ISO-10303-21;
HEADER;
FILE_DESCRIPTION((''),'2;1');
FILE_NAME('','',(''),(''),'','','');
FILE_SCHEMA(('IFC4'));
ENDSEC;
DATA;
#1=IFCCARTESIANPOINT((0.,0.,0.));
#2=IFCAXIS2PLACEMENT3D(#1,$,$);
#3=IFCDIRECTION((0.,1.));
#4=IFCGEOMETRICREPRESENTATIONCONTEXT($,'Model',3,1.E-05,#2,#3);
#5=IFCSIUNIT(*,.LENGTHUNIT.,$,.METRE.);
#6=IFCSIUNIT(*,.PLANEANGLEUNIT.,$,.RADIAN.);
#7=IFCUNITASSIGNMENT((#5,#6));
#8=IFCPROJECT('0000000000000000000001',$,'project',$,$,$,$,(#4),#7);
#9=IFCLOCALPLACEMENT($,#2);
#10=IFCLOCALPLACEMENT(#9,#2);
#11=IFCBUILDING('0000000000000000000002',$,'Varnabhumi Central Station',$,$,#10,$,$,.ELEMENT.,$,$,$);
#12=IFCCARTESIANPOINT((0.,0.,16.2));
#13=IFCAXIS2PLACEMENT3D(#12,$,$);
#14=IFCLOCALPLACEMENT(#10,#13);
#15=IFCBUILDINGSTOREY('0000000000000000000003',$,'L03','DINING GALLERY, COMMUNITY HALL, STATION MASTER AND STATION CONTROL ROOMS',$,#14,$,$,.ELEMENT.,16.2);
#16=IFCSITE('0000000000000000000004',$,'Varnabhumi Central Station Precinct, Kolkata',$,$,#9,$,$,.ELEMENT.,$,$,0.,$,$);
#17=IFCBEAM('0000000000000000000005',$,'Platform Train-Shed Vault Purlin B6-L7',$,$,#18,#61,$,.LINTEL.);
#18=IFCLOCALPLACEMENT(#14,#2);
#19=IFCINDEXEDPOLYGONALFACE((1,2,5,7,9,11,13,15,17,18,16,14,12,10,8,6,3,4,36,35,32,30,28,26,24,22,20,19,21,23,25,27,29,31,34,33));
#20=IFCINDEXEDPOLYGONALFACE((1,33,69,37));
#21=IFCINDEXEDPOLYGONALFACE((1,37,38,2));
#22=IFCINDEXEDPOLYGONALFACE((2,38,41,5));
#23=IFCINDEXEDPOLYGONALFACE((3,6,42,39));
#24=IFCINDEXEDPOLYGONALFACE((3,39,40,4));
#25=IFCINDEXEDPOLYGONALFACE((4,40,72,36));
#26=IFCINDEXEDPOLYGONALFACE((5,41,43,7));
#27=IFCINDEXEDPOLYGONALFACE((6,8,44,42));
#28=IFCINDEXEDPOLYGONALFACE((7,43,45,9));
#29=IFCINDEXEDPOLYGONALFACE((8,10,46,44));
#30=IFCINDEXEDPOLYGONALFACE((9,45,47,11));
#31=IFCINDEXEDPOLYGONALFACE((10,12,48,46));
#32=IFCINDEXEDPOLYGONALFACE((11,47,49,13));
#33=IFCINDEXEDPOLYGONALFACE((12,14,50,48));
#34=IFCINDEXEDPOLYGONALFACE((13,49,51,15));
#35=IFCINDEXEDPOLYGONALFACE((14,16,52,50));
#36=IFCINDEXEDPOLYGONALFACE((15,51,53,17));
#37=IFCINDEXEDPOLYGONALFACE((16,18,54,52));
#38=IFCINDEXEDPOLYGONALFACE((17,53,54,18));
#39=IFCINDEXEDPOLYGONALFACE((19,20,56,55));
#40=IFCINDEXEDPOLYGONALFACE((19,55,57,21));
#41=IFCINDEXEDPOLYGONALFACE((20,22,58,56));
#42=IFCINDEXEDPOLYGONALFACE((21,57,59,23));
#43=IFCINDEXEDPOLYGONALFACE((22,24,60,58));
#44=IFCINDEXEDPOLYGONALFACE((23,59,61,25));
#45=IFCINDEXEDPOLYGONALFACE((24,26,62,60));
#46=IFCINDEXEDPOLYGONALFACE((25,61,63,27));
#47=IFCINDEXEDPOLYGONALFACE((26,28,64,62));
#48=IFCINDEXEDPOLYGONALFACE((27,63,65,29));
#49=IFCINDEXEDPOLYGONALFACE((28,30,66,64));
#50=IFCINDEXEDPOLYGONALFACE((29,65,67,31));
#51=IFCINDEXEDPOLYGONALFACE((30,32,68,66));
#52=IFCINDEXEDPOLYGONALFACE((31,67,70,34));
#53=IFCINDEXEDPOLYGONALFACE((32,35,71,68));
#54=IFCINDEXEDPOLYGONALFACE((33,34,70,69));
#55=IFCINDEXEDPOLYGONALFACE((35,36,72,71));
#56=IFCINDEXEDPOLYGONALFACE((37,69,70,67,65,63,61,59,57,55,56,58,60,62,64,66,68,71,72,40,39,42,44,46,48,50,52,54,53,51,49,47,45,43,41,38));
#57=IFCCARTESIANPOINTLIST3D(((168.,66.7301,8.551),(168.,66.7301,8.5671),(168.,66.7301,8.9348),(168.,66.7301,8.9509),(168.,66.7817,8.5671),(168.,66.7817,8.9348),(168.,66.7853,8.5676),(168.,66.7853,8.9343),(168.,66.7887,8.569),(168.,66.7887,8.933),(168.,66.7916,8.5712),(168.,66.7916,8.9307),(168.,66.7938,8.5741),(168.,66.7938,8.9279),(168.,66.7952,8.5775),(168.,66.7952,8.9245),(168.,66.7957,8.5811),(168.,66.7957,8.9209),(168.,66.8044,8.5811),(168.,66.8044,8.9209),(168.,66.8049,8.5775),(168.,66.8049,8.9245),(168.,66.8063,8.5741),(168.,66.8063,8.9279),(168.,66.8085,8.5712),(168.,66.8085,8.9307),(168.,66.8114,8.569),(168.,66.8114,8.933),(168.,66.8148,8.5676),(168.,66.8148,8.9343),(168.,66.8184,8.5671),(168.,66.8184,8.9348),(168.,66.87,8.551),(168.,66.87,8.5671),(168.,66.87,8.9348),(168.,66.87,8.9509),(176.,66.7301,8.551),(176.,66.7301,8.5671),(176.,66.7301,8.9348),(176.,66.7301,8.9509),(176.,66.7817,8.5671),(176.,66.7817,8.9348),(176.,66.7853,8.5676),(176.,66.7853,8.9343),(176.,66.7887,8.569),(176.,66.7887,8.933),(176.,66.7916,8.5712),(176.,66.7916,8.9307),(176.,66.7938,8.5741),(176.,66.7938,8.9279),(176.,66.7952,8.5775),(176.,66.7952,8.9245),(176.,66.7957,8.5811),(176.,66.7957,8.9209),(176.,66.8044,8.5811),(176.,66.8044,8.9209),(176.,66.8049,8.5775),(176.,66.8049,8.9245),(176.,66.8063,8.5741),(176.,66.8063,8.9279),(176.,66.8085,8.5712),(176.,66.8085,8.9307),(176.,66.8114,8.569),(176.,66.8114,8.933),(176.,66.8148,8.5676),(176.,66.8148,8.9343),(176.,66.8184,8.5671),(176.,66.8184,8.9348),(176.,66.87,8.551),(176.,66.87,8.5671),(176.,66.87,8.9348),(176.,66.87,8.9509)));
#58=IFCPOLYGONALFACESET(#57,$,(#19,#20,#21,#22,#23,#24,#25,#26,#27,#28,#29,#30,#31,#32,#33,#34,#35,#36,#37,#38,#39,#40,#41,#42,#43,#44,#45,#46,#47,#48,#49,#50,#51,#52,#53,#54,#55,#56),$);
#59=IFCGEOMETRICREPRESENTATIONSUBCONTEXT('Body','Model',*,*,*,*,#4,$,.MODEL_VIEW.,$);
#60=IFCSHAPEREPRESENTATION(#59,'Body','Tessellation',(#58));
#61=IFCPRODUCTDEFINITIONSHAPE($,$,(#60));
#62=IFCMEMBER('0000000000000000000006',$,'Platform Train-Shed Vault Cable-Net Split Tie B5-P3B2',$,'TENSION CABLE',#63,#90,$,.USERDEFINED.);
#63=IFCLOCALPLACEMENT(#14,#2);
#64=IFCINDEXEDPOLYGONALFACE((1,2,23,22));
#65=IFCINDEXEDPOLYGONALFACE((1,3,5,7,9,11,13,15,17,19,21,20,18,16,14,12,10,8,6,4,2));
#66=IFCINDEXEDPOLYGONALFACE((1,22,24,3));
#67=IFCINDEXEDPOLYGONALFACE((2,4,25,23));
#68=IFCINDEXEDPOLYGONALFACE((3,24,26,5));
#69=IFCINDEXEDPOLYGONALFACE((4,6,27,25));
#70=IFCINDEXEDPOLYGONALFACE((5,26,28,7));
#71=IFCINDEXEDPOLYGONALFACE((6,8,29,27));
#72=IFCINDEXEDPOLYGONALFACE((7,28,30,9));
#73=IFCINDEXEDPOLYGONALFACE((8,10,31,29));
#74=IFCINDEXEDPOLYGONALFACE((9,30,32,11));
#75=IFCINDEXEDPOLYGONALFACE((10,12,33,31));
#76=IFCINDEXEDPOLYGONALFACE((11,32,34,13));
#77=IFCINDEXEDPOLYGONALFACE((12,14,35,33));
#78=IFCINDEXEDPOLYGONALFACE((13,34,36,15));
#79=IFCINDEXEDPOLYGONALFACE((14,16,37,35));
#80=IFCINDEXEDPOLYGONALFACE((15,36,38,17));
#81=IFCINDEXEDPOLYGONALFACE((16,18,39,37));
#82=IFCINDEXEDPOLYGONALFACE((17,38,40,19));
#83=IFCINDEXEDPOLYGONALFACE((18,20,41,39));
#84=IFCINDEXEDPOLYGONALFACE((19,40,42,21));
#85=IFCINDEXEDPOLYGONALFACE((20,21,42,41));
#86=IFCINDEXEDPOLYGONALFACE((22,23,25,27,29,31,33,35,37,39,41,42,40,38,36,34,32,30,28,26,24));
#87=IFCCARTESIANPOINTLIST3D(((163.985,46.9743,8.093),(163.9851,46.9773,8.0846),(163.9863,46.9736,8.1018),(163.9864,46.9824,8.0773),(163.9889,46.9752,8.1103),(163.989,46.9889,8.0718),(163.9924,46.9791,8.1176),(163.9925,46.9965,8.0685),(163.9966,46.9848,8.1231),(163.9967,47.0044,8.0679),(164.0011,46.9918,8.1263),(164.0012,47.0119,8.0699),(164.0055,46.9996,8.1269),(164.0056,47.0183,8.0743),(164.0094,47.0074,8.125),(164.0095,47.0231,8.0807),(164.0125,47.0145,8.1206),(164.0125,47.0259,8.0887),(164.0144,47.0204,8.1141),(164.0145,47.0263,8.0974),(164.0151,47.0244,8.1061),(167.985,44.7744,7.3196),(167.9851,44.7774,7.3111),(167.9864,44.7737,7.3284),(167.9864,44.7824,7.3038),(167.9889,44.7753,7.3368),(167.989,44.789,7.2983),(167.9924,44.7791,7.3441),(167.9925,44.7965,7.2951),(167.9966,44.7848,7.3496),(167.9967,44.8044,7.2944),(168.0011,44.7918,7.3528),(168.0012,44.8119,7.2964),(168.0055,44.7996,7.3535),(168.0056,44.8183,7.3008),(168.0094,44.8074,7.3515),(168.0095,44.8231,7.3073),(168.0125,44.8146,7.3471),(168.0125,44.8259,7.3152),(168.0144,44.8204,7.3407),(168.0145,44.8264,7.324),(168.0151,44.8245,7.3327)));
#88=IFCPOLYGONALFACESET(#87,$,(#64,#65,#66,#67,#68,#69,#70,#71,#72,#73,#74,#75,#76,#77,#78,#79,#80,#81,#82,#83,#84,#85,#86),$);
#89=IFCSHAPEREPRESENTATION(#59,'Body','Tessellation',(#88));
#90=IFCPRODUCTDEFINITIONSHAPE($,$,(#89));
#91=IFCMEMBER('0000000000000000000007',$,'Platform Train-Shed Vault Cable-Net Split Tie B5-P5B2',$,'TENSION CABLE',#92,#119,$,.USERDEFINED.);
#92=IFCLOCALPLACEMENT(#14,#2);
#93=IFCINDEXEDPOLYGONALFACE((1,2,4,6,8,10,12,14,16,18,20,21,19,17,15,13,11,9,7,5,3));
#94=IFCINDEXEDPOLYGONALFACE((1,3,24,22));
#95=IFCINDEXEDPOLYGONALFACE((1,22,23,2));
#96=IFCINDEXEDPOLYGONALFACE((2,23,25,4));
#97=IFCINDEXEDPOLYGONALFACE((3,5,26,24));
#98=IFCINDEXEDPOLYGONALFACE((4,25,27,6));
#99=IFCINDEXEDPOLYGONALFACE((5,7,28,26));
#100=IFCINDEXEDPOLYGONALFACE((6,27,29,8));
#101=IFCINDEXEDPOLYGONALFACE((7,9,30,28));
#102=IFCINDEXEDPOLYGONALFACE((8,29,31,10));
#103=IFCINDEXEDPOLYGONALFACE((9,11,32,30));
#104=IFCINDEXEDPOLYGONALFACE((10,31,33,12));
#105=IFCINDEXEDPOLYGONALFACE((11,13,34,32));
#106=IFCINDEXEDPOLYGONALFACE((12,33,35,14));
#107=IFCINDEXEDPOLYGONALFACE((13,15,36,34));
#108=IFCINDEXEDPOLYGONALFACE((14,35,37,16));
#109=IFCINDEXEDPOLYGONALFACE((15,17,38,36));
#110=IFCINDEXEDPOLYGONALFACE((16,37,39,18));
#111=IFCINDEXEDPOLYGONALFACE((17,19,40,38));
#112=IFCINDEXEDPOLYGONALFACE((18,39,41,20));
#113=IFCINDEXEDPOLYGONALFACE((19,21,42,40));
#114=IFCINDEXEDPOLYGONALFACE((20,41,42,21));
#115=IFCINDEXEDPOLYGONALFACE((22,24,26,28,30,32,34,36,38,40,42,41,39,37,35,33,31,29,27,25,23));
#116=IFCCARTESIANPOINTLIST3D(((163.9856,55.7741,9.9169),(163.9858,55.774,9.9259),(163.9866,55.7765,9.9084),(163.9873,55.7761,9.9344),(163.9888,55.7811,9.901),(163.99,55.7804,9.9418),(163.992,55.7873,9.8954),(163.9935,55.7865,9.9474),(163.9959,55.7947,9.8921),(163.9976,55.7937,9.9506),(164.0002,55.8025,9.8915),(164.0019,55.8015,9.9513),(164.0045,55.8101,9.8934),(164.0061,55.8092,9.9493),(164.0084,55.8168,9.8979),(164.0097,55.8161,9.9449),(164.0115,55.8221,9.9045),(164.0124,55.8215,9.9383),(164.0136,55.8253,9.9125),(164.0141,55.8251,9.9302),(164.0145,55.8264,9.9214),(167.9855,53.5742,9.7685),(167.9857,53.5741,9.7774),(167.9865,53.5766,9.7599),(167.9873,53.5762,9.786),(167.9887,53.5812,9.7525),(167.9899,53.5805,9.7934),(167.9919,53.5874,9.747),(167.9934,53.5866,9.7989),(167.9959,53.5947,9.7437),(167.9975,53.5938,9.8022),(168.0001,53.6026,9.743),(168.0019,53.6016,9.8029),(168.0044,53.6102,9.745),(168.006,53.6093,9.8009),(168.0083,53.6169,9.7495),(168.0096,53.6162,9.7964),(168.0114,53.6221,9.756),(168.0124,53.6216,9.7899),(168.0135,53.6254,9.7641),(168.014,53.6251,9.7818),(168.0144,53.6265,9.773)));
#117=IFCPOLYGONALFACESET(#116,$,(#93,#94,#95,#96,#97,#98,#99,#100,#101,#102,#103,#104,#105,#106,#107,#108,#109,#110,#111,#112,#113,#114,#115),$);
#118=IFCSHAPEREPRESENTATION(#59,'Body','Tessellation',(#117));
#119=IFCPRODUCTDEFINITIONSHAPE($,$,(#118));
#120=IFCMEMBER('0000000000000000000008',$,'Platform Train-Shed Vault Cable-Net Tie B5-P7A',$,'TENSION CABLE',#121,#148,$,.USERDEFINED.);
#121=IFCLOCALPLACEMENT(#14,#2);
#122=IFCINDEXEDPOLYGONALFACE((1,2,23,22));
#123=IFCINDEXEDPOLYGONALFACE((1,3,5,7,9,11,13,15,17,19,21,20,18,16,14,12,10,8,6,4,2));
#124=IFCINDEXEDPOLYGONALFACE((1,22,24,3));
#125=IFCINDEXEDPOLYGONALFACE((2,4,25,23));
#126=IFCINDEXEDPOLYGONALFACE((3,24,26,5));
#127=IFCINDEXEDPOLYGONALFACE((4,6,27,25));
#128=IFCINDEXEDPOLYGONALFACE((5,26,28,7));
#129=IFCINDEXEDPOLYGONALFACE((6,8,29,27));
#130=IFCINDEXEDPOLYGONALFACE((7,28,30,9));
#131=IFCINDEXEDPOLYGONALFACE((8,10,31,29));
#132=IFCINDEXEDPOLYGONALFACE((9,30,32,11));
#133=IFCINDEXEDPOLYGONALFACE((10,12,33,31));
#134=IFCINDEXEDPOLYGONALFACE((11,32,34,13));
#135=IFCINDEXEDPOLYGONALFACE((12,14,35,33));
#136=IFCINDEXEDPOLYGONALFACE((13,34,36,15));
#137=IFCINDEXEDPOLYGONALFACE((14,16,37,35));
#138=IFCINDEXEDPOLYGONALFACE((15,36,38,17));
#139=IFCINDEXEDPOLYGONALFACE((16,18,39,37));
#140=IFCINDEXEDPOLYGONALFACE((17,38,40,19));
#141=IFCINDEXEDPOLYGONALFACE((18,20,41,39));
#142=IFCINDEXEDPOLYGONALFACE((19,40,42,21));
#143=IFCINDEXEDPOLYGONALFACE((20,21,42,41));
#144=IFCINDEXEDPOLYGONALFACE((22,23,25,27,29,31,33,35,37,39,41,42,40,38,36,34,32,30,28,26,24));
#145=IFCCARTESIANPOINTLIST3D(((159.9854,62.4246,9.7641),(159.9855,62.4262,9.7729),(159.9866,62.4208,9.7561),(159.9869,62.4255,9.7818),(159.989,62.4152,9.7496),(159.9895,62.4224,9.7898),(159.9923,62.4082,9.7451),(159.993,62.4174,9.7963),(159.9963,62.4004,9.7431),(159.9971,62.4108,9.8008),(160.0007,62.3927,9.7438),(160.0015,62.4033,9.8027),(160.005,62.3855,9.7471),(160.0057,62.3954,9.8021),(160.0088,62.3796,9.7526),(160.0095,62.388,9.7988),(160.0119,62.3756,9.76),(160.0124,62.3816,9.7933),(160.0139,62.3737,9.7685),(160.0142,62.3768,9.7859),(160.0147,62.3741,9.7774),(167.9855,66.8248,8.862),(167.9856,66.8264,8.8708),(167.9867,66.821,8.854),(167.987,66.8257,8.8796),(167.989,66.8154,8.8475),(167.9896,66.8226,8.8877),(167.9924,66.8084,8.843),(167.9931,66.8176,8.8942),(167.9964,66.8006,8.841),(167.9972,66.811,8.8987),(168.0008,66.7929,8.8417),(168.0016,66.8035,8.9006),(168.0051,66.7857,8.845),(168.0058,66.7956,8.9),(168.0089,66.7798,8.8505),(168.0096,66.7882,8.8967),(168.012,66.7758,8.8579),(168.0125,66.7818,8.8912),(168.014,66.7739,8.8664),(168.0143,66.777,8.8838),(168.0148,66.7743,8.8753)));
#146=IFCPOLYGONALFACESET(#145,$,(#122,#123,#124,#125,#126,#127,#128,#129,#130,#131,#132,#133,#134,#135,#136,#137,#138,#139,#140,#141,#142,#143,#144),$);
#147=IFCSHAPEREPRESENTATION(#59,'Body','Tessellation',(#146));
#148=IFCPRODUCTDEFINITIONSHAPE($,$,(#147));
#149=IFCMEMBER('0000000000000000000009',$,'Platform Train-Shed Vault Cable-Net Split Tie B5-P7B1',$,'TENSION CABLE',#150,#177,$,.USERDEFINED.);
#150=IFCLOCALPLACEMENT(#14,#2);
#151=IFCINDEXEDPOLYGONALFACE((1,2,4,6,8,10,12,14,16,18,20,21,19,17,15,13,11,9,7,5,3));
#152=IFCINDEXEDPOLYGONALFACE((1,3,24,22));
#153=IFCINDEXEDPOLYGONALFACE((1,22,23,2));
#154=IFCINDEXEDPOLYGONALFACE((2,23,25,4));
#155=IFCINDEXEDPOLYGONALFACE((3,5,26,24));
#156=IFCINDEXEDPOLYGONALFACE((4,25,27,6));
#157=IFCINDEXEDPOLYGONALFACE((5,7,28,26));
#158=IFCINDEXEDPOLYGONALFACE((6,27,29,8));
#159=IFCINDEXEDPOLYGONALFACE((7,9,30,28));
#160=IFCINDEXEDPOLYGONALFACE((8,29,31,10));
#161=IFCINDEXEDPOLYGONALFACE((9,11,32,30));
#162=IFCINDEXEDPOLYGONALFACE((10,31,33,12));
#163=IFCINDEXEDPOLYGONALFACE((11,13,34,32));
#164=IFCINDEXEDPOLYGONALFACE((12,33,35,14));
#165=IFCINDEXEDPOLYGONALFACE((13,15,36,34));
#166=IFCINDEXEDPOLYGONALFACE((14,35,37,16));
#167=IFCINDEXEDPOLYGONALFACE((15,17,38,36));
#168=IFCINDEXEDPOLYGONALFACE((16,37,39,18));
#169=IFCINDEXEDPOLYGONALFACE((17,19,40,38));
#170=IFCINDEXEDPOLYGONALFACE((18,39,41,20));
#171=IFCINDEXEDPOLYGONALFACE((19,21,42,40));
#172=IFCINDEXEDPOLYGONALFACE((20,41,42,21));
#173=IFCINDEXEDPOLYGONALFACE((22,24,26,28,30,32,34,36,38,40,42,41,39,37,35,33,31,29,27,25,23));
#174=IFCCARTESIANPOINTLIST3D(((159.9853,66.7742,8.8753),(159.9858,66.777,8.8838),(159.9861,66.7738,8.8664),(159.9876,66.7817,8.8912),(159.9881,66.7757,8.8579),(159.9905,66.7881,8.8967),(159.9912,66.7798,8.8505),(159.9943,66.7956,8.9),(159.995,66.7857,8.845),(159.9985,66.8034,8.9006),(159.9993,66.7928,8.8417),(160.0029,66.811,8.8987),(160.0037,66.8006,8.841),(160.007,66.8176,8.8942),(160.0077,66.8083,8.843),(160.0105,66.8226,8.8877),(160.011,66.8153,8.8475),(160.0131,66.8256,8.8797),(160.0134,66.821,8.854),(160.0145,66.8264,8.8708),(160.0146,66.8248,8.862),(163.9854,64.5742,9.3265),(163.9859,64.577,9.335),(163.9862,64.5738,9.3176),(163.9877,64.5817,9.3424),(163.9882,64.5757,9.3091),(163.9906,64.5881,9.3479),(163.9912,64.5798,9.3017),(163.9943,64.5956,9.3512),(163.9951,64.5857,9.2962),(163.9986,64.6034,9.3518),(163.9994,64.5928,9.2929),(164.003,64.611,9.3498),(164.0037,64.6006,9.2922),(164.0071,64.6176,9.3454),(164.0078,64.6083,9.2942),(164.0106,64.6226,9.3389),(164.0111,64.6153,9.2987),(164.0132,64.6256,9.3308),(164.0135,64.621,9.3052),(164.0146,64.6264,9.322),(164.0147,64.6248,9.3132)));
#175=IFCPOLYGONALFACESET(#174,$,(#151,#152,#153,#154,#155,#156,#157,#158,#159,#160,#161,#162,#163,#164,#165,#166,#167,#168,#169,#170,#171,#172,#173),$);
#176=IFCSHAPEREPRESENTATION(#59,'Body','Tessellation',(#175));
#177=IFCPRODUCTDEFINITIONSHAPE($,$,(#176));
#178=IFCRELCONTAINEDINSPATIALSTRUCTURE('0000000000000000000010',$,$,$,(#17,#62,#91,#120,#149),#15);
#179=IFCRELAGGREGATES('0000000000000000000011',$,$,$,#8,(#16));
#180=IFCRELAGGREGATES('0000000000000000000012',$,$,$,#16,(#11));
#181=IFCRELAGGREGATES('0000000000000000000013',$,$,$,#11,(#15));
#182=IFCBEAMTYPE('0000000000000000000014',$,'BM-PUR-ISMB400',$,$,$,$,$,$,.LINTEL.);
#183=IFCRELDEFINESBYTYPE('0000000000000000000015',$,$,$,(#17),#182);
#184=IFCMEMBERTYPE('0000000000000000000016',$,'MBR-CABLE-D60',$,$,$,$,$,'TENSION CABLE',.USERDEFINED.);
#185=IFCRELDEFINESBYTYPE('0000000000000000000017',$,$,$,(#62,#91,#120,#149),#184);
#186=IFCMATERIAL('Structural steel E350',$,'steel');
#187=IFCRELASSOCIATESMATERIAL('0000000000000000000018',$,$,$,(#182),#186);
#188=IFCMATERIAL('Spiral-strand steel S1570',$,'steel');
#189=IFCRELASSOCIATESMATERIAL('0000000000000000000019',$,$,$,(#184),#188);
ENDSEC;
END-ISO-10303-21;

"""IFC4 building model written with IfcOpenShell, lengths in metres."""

from ifc_helpers import new_model, si_unit, direction, frame, origin, origin_2d, place, context, subcontext, project, spatial, circle, i_section, extrude, material, material_profile, profile_set, type_object, element, save


model = new_model("IFC4")

# Units and contexts
model_context = context("Model", 3, precision=1e-05, world=origin(), true_north=direction((0.0, 1.0)))
body_context = subcontext(model_context, "Body", "Model", "MODEL_VIEW")
ifc_project = project(units=[si_unit("LENGTHUNIT", "METRE"), si_unit("PLANEANGLEUNIT", "RADIAN")], contexts=[model_context])

# Site, building, storey
site_placement = place(None, origin())
site = spatial("IfcSite", under=ifc_project, at=site_placement, Name="Varnabhumi Central Station Precinct, Kolkata", CompositionType="ELEMENT", RefElevation=0.0)
building_placement = place(site_placement, origin())
building = spatial("IfcBuilding", under=site, at=building_placement, Name="Varnabhumi Central Station", CompositionType="ELEMENT")
storey_placement = place(building_placement, frame((0.0, 0.0, 16.2)))
storey = spatial("IfcBuildingStorey", under=building, at=storey_placement, Name="L03", Description="DINING GALLERY, COMMUNITY HALL, STATION MASTER AND STATION CONTROL ROOMS", CompositionType="ELEMENT", Elevation=16.2)

# Beam
ifc_material_1 = material(Name="Structural steel E350", Category="steel")
ifc_material_profile_1 = material_profile(ifc_material_1, i_section(OverallWidth=0.1399, OverallDepth=0.3999, WebThickness=0.0088, FlangeThickness=0.0161, FilletRadius=0.0139, at=origin_2d()), Name="Structural steel E350", Category="steel")
ifc_profile_set_1 = profile_set([ifc_material_profile_1], Name="Structural steel E350")
beam_type_1 = type_object("IfcBeamType", Name="BM-PUR-ISMB400", PredefinedType="LINTEL", material=ifc_profile_set_1)
for number, where, z_axis, x_axis, name in (
    (1, (168.0, 66.8, 8.751), (1.0, 0.0, 0.0), (0.0, 1.0, 0.0), "Platform Train-Shed Vault Purlin B6-L7"),
):
    element("IfcBeam", number, at=place(storey_placement, frame(where, z_axis=z_axis, x_axis=x_axis)), inside=storey, type_object=beam_type_1, Name=name, PredefinedType="LINTEL", context=body_context, shape_type="SweptSolid", body=[
        extrude(i_section(OverallWidth=0.1399, OverallDepth=0.3999, WebThickness=0.0088, FlangeThickness=0.0161, FilletRadius=0.0139, at=origin_2d()), origin(), (0.0, 0.0, 1.0), 8.0),
    ])

# Members
ifc_material_2 = material(Name="Spiral-strand steel S1570", Category="steel")
ifc_material_profile_2 = material_profile(ifc_material_2, circle(Radius=0.03, at=origin_2d()), Name="Spiral-strand steel S1570", Category="steel")
ifc_profile_set_2 = profile_set([ifc_material_profile_2], Name="Spiral-strand steel S1570")
member_type = type_object("IfcMemberType", Name="MBR-CABLE-D60", ElementType="TENSION CABLE", PredefinedType="USERDEFINED", material=ifc_profile_set_2)
member_1_placement = place(storey_placement, frame((164.0, 47.0, 8.0974), z_axis=(0.863909, -0.475139, -0.167045), x_axis=(0.481911, 0.87622, 0.0)))
element("IfcMember", 2, at=member_1_placement, inside=storey, type_object=member_type, Name="Platform Train-Shed Vault Cable-Net Split Tie B5-P3B2", ObjectType="TENSION CABLE", PredefinedType="USERDEFINED", context=body_context, shape_type="SweptSolid", body=[
    extrude(circle(Radius=0.03, at=origin_2d()), origin(), (0.0, 0.0, 1.0), 4.6301),
])
member_2_placement = place(storey_placement, frame((164.0, 55.8, 9.9214), z_axis=(0.875758, -0.481656, -0.032499), x_axis=(0.481911, 0.87622, 0.0)))
element("IfcMember", 3, at=member_2_placement, inside=storey, type_object=member_type, Name="Platform Train-Shed Vault Cable-Net Split Tie B5-P5B2", ObjectType="TENSION CABLE", PredefinedType="USERDEFINED", context=body_context, shape_type="SweptSolid", body=[
    extrude(circle(Radius=0.03, at=origin_2d()), origin(), (0.0, 0.0, 1.0), 4.5674),
])
member_3_placement = place(storey_placement, frame((160.0, 62.3999, 9.7729), z_axis=(0.871963, 0.479596, -0.098325), x_axis=(-0.481931, 0.876209, 0.0)))
element("IfcMember", 4, at=member_3_placement, inside=storey, type_object=member_type, Name="Platform Train-Shed Vault Cable-Net Tie B5-P7A", ObjectType="TENSION CABLE", PredefinedType="USERDEFINED", context=body_context, shape_type="SweptSolid", body=[
    extrude(circle(Radius=0.03, at=origin_2d()), origin(), (0.0, 0.0, 1.0), 9.1748),
])
for number, where, z_axis, x_axis, name in (
    (5, (160.0, 66.8, 8.8708), (0.871972, -0.479574, 0.098352), (0.481911, 0.87622, 0.0), "Platform Train-Shed Vault Cable-Net Split Tie B5-P7B1"),
):
    element("IfcMember", number, at=place(storey_placement, frame(where, z_axis=z_axis, x_axis=x_axis)), inside=storey, type_object=member_type, Name=name, ObjectType="TENSION CABLE", PredefinedType="USERDEFINED", context=body_context, shape_type="SweptSolid", body=[
        extrude(circle(Radius=0.03, at=origin_2d()), origin(), (0.0, 0.0, 1.0), 4.5874),
    ])

save(model, "model.ifc")
